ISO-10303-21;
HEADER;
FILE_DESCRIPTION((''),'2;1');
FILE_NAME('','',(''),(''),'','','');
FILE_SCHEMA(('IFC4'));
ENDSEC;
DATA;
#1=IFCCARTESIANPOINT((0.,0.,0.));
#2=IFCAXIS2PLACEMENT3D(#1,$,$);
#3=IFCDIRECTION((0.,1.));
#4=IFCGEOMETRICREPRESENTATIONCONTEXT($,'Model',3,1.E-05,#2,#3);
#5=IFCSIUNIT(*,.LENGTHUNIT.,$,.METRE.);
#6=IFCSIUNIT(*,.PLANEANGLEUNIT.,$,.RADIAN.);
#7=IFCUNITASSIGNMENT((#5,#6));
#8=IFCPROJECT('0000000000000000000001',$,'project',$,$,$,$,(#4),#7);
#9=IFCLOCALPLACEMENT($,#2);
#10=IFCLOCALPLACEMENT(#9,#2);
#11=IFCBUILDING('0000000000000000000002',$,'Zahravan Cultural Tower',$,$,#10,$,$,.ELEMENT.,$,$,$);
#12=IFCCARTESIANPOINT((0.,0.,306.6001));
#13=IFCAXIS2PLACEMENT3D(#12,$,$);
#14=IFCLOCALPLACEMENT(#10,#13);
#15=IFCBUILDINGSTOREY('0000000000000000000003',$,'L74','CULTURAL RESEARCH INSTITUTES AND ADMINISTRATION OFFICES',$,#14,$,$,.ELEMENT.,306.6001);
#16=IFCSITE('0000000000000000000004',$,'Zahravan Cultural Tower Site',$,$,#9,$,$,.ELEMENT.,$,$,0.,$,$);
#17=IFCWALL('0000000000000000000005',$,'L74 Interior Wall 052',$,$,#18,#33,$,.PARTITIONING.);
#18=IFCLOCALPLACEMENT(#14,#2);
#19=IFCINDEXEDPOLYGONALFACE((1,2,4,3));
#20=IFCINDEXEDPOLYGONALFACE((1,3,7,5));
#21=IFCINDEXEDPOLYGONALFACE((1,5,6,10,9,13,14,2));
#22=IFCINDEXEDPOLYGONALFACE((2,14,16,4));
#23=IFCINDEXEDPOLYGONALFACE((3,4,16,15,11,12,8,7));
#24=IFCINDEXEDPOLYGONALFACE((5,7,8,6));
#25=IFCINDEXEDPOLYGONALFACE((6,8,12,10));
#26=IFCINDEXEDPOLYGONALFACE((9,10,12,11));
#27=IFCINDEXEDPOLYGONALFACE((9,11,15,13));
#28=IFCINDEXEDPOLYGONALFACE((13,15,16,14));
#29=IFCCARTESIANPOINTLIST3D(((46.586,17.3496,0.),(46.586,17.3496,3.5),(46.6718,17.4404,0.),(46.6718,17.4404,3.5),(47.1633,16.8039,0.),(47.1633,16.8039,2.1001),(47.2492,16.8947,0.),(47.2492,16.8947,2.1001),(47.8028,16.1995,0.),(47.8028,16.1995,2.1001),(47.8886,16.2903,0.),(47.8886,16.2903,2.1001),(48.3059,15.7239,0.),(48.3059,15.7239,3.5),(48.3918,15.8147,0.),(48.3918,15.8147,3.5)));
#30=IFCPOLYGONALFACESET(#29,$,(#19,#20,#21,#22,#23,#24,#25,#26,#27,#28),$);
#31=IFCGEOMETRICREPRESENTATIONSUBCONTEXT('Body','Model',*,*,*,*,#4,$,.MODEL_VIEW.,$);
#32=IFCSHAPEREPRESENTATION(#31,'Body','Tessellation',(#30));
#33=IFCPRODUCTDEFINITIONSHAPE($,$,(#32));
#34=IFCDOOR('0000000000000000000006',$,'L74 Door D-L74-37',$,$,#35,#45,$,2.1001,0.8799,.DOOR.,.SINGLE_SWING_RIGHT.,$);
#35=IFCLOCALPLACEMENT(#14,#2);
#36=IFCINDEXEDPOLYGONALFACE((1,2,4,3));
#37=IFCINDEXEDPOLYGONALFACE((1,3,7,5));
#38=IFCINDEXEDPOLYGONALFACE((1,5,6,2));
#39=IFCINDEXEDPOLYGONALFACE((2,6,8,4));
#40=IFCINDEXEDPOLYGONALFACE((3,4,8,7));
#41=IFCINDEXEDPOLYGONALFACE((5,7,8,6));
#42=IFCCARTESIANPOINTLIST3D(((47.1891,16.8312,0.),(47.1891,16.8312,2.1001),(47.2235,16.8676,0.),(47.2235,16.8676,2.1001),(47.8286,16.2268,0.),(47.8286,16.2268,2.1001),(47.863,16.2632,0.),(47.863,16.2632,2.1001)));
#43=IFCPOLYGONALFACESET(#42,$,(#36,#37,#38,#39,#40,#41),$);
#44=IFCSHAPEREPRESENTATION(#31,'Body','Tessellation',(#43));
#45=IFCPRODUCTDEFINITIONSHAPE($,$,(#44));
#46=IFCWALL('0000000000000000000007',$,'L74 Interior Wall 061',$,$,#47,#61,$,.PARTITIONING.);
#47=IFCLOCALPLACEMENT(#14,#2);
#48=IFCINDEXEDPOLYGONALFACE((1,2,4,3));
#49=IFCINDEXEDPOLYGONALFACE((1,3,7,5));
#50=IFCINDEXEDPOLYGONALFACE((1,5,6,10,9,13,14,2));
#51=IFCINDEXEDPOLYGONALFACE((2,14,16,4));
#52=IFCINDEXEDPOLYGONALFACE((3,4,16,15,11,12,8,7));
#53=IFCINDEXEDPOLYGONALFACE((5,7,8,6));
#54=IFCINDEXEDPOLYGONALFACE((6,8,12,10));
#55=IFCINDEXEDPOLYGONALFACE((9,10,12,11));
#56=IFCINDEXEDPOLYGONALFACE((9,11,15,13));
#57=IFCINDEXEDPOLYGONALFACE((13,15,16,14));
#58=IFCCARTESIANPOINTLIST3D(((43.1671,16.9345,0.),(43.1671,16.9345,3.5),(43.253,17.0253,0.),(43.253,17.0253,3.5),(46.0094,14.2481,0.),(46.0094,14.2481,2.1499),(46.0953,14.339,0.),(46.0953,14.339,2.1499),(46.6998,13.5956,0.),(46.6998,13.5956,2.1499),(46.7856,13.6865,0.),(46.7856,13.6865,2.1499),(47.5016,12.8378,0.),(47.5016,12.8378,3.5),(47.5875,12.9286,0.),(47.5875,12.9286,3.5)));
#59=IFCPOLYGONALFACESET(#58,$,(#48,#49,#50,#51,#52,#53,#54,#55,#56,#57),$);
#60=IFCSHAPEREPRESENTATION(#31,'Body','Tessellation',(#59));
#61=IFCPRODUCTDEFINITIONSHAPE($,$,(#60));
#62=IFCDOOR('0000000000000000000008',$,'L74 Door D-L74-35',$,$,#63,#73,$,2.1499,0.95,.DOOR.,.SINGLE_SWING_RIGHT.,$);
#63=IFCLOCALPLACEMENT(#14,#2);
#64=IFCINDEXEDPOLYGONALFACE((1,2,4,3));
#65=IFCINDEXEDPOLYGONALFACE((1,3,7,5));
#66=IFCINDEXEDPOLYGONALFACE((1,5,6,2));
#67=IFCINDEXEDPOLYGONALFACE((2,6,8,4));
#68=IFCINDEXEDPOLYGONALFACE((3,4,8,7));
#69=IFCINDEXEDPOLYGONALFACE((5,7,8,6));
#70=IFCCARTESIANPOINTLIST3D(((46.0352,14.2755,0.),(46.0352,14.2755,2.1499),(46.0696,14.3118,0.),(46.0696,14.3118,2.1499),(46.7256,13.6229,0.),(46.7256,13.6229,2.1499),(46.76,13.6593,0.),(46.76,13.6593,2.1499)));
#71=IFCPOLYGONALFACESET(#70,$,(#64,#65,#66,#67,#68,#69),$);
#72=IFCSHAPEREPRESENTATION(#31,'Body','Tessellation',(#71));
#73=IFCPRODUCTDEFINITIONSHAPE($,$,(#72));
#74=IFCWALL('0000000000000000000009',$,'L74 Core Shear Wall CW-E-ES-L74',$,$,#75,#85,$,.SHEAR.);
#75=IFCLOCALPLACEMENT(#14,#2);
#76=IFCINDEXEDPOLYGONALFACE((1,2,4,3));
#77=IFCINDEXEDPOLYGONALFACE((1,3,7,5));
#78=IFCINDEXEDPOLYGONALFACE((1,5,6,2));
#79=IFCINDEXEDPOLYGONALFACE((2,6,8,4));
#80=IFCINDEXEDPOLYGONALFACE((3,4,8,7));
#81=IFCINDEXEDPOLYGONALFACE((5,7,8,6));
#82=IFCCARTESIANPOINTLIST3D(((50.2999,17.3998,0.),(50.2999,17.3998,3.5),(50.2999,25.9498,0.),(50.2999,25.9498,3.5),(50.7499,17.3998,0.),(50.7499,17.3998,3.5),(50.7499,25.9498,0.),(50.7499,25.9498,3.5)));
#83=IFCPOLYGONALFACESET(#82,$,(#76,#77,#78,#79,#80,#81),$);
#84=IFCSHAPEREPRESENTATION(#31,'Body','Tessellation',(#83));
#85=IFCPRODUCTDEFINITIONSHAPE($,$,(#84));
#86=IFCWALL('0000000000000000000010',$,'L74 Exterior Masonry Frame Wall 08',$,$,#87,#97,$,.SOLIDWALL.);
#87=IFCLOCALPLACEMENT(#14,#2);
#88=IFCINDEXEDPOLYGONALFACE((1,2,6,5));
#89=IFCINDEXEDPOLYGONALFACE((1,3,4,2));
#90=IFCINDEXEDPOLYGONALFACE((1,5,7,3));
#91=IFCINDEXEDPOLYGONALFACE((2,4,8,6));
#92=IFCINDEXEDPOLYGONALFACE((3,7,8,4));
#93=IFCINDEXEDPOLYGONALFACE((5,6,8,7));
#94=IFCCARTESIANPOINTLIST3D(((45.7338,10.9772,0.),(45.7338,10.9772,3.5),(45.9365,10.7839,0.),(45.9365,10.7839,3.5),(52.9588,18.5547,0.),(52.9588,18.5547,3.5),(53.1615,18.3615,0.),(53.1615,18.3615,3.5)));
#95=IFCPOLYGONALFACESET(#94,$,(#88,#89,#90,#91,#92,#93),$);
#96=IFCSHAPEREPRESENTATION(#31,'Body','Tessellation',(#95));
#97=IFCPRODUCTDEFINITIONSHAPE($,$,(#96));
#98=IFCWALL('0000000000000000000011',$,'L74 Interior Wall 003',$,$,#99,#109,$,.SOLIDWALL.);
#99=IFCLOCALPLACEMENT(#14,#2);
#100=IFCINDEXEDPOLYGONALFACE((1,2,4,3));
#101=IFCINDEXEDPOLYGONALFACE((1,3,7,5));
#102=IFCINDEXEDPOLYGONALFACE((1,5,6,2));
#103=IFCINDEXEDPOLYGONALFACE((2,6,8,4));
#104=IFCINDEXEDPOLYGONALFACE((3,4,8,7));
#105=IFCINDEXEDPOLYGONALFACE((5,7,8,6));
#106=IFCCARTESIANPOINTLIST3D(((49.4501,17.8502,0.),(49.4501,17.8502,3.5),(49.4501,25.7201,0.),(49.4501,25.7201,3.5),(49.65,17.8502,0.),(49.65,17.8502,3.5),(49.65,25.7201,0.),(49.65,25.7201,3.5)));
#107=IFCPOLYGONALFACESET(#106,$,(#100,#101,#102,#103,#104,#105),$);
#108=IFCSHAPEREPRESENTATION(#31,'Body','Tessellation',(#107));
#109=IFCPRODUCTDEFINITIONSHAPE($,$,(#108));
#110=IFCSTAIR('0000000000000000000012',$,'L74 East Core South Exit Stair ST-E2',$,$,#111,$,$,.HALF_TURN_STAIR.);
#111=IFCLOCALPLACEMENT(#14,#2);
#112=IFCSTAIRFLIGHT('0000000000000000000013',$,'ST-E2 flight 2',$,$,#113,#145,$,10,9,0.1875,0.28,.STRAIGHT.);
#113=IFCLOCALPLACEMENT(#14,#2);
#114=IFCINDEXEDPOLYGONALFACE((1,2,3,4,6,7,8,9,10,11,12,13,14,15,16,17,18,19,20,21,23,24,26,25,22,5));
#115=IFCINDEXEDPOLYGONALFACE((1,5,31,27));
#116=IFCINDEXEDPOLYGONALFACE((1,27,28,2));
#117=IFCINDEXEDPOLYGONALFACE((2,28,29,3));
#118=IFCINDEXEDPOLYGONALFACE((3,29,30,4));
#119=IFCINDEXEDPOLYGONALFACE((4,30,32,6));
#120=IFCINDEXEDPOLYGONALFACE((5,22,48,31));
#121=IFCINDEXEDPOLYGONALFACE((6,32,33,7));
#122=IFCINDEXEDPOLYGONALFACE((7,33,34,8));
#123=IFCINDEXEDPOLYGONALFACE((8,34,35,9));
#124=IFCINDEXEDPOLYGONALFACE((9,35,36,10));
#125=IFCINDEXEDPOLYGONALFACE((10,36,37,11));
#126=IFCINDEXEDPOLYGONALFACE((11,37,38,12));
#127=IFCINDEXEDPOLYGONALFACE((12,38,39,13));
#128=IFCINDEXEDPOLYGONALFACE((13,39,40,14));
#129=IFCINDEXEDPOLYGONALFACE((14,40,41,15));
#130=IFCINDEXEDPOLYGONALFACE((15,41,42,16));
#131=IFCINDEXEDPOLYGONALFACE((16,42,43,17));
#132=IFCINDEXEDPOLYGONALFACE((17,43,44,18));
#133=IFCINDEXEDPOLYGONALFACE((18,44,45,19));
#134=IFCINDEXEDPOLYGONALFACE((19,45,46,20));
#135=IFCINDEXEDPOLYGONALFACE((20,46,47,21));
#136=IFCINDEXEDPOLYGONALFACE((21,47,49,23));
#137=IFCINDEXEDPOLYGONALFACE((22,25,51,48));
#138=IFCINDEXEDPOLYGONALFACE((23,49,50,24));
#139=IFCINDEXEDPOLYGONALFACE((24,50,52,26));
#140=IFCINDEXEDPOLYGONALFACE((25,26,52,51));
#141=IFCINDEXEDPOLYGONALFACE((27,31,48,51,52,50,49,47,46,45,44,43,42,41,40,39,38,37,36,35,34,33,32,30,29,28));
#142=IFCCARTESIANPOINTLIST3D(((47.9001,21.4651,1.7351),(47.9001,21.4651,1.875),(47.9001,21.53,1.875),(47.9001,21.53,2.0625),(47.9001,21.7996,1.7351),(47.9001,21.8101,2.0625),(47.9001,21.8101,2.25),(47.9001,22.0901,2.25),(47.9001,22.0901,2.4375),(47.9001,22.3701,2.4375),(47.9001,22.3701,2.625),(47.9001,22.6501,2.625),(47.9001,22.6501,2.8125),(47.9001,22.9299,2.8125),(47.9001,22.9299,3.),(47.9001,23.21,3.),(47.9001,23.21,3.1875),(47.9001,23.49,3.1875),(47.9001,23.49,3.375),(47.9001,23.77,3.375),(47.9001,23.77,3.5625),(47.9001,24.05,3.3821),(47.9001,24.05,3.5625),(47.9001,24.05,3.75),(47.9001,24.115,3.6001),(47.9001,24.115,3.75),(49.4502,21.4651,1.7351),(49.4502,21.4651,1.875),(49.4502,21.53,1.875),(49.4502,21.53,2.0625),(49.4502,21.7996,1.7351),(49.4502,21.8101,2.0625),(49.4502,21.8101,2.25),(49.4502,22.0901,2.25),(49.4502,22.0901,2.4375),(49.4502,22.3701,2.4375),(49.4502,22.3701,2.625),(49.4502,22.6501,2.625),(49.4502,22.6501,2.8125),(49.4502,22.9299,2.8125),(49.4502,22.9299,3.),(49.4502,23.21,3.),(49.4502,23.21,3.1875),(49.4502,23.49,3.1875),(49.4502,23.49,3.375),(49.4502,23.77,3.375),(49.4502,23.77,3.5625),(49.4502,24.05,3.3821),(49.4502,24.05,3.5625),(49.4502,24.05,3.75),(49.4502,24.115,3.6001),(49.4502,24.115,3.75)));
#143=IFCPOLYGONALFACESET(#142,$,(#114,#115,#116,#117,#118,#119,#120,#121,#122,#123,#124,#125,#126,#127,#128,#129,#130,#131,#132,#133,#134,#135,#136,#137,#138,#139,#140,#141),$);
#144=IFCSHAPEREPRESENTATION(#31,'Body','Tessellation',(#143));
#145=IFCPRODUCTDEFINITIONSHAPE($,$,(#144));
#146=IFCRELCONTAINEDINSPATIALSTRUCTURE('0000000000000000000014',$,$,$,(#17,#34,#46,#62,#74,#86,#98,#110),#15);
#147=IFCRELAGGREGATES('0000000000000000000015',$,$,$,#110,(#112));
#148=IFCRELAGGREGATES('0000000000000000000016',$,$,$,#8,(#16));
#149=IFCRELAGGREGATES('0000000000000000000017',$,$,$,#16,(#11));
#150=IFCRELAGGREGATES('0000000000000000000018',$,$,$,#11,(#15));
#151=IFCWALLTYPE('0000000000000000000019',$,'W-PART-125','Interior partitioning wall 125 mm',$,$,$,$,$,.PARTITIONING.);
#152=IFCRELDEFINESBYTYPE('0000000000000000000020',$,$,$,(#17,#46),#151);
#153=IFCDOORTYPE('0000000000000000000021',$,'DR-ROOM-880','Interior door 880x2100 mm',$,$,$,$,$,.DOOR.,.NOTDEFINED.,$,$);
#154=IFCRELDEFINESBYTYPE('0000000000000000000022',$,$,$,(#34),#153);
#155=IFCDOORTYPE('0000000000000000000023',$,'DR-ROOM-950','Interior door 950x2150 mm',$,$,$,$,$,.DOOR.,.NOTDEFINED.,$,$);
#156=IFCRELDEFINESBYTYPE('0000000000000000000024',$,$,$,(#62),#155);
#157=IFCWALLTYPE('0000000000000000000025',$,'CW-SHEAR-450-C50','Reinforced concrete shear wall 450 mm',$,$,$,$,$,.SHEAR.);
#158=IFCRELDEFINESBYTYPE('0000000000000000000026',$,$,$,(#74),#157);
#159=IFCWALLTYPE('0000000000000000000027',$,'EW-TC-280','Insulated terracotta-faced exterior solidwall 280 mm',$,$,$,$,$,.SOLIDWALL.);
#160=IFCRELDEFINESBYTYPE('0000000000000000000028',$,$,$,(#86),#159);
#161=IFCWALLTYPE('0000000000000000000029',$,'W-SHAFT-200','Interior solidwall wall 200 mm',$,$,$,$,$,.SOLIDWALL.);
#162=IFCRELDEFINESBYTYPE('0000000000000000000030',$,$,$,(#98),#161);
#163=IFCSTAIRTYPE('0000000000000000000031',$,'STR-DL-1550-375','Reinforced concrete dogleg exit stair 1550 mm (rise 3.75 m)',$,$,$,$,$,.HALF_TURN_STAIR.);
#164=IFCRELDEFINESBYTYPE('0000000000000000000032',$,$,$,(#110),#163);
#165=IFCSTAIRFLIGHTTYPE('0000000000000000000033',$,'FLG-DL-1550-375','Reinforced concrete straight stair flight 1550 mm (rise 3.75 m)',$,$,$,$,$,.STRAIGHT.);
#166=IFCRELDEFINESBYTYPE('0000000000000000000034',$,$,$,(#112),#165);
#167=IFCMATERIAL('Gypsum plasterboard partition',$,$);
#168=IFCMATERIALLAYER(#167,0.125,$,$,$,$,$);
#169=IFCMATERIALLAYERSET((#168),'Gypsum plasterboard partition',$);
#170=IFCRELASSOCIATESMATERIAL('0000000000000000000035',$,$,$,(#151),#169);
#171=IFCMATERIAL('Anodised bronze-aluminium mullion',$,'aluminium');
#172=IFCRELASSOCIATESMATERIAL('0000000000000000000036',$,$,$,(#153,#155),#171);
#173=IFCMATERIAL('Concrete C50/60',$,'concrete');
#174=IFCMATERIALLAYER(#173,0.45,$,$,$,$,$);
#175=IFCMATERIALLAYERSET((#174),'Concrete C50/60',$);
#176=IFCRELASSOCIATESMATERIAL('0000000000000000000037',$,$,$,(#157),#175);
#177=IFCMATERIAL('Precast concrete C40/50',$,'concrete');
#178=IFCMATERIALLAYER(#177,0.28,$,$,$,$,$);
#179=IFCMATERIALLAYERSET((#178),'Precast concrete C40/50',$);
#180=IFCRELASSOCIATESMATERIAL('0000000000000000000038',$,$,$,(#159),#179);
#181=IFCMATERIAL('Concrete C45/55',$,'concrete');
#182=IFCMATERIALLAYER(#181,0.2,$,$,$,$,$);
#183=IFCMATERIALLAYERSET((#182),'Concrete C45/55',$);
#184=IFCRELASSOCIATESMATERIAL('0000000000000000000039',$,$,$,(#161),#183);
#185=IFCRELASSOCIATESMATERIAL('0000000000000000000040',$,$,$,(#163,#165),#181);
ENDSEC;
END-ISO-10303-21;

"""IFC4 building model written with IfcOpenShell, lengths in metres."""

from ifc_helpers import new_model, si_unit, direction, frame, frame_2d, origin, place, context, subcontext, project, spatial, polyline, rectangle, outline, extrude, source, transform, mapped, material, layer, layer_set, type_object, element, fill, aggregate, save


model = new_model("IFC4")

# Units and contexts
model_context = context("Model", 3, precision=1e-05, world=origin(), true_north=direction((0.0, 1.0)))
body_context = subcontext(model_context, "Body", "Model", "MODEL_VIEW")
ifc_project = project(units=[si_unit("LENGTHUNIT", "METRE"), si_unit("PLANEANGLEUNIT", "RADIAN")], contexts=[model_context])

# Site, building, storey
site_placement = place(None, origin())
site = spatial("IfcSite", under=ifc_project, at=site_placement, Name="Zahravan Cultural Tower Site", CompositionType="ELEMENT", RefElevation=0.0)
building_placement = place(site_placement, origin())
building = spatial("IfcBuilding", under=site, at=building_placement, Name="Zahravan Cultural Tower", CompositionType="ELEMENT")
storey_placement = place(building_placement, frame((0.0, 0.0, 306.6001)))
storey = spatial("IfcBuildingStorey", under=building, at=storey_placement, Name="L74", Description="CULTURAL RESEARCH INSTITUTES AND ADMINISTRATION OFFICES", CompositionType="ELEMENT", Elevation=306.6001)

# Shared definitions
ifc_material_1 = material(Name="Concrete C50/60", Category="concrete")

# Shared definitions
ifc_material_2 = material(Name="Anodised bronze-aluminium mullion", Category="aluminium")

# Walls, openings, doors
ifc_material_3 = material(Name="Gypsum plasterboard partition")
ifc_layer_1 = layer(ifc_material_3, 0.125)
ifc_layer_set_1 = layer_set([ifc_layer_1], Name="Gypsum plasterboard partition")
wall_type_1 = type_object("IfcWallType", Name="W-PART-125", Description="Interior partitioning wall 125 mm", PredefinedType="PARTITIONING", material=ifc_layer_set_1)
wall_1_placement = place(storey_placement, frame((48.3489, 15.7693, 0.0), z_axis=(0.0, 0.0, 1.0), x_axis=(-0.726736, 0.686917, 0.0)))
wall_1 = element("IfcWall", 1, at=wall_1_placement, inside=storey, type_object=wall_type_1, Name="L74 Interior Wall 052", PredefinedType="PARTITIONING", context=body_context, shape_type="SweptSolid", body=[
    extrude(rectangle(XDim=2.3667, YDim=0.125, at=frame_2d((1.1833, 0.0))), origin(), (0.0, 0.0, 1.0), 3.5),
])
opening_1_placement = place(wall_1_placement, frame((0.6924, 0.0, 0.0)))
opening_1 = element("IfcOpeningElement", 2, at=opening_1_placement, cuts=wall_1, PredefinedType="OPENING", context=body_context, shape_type="SweptSolid", body=[
    extrude(rectangle(XDim=0.8799, YDim=2.1001, at=frame_2d((0.4399, 1.05))), frame((0.0, 0.0725, 0.0), z_axis=(0.0, -1.0, 0.0), x_axis=(1.0, 0.0, 0.0)), (0.0, 0.0, 1.0), 0.145),
])
door_type_1 = type_object("IfcDoorType", Name="DR-ROOM-880", Description="Interior door 880x2100 mm", OperationType="NOTDEFINED", PredefinedType="DOOR", material=ifc_material_2)
shared_shape_1 = source(origin(), body_context, "Body", "SweptSolid", [
    extrude(rectangle(XDim=0.8799, YDim=2.1001, at=frame_2d((0.4399, 1.05))), frame((0.0, 0.0249, 0.0), z_axis=(0.0, -1.0, 0.0), x_axis=(1.0, 0.0, 0.0)), (0.0, 0.0, 1.0), 0.05),
])
door_1_placement = place(opening_1_placement, origin())
door_1 = element("IfcDoor", 3, at=door_1_placement, inside=storey, type_object=door_type_1, Name="L74 Door D-L74-37", OperationType="SINGLE_SWING_RIGHT", OverallHeight=2.1001, OverallWidth=0.8799, PredefinedType="DOOR", context=body_context, shape_type="MappedRepresentation", body=[
    mapped(shared_shape_1, transform((0.0, 0.0, 0.0), x_axis=(1.0, 0.0, 0.0), y_axis=(0.0, 1.0, 0.0), z_axis=(0.0, 0.0, 1.0), scale=1.0)),
])
fill(opening_1, door_1)
wall_2_placement = place(storey_placement, frame((47.5444, 12.8833, 0.0), z_axis=(0.0, 0.0, 1.0), x_axis=(-0.726761, 0.68689, 0.0)))
wall_2 = element("IfcWall", 4, at=wall_2_placement, inside=storey, type_object=wall_type_1, Name="L74 Interior Wall 061", PredefinedType="PARTITIONING", context=body_context, shape_type="SweptSolid", body=[
    extrude(rectangle(XDim=5.9641, YDim=0.125, at=frame_2d((2.9819, 0.0))), origin(), (0.0, 0.0, 1.0), 3.5),
])
opening_2_placement = place(wall_2_placement, frame((1.103, 0.0, 0.0)))
opening_2 = element("IfcOpeningElement", 5, at=opening_2_placement, cuts=wall_2, PredefinedType="OPENING", context=body_context, shape_type="SweptSolid", body=[
    extrude(rectangle(XDim=0.95, YDim=2.1499, at=frame_2d((0.4751, 1.075))), frame((0.0, 0.0725, 0.0), z_axis=(0.0, -1.0, 0.0), x_axis=(1.0, 0.0, 0.0)), (0.0, 0.0, 1.0), 0.145),
])
door_type_2 = type_object("IfcDoorType", Name="DR-ROOM-950", Description="Interior door 950x2150 mm", OperationType="NOTDEFINED", PredefinedType="DOOR", material=ifc_material_2)
shared_shape_2 = source(origin(), body_context, "Body", "SweptSolid", [
    extrude(rectangle(XDim=0.95, YDim=2.1499, at=frame_2d((0.4751, 1.075))), frame((0.0, 0.0249, 0.0), z_axis=(0.0, -1.0, 0.0), x_axis=(1.0, 0.0, 0.0)), (0.0, 0.0, 1.0), 0.05),
])
door_2_placement = place(opening_2_placement, origin())
door_2 = element("IfcDoor", 6, at=door_2_placement, inside=storey, type_object=door_type_2, Name="L74 Door D-L74-35", OperationType="SINGLE_SWING_RIGHT", OverallHeight=2.1499, OverallWidth=0.95, PredefinedType="DOOR", context=body_context, shape_type="MappedRepresentation", body=[
    mapped(shared_shape_2, transform((0.0, 0.0, 0.0), x_axis=(1.0, 0.0, 0.0), y_axis=(0.0, 1.0, 0.0), z_axis=(0.0, 0.0, 1.0), scale=1.0)),
])
fill(opening_2, door_2)

# Walls
ifc_layer_2 = layer(ifc_material_1, 0.45)
ifc_layer_set_2 = layer_set([ifc_layer_2], Name="Concrete C50/60")
wall_type_2 = type_object("IfcWallType", Name="CW-SHEAR-450-C50", Description="Reinforced concrete shear wall 450 mm", PredefinedType="SHEAR", material=ifc_layer_set_2)
shared_shape_3 = source(origin(), body_context, "Body", "SweptSolid", [
    extrude(rectangle(XDim=8.55, YDim=0.45, at=frame_2d((4.2749, 0.0))), origin(), (0.0, 0.0, 1.0), 3.5),
])
wall_3_placement = place(storey_placement, frame((50.5249, 17.3999, 0.0), z_axis=(0.0, 0.0, 1.0), x_axis=(0.0, 1.0, 0.0)))
element("IfcWall", 7, at=wall_3_placement, inside=storey, type_object=wall_type_2, Name="L74 Core Shear Wall CW-E-ES-L74", PredefinedType="SHEAR", context=body_context, shape_type="MappedRepresentation", body=[
    mapped(shared_shape_3, transform((0.0, 0.0, 0.0), x_axis=(1.0, 0.0, 0.0), y_axis=(0.0, 1.0, 0.0), z_axis=(0.0, 0.0, 1.0), scale=1.0)),
])
ifc_material_4 = material(Name="Precast concrete C40/50", Category="concrete")
ifc_layer_3 = layer(ifc_material_4, 0.28)
ifc_layer_set_3 = layer_set([ifc_layer_3], Name="Precast concrete C40/50")
wall_type_3 = type_object("IfcWallType", Name="EW-TC-280", Description="Insulated terracotta-faced exterior solidwall 280 mm", PredefinedType="SOLIDWALL", material=ifc_layer_set_3)
shared_shape_4 = source(origin(), body_context, "Body", "SweptSolid", [
    extrude(rectangle(XDim=10.47, YDim=0.28, at=frame_2d((5.2349, 0.0))), origin(), (0.0, 0.0, 1.0), 3.5),
])
wall_4_placement = place(storey_placement, frame((53.0601, 18.458, 0.0), z_axis=(0.0, 0.0, 1.0), x_axis=(-0.690071, -0.723742, 0.0)))
element("IfcWall", 8, at=wall_4_placement, inside=storey, type_object=wall_type_3, Name="L74 Exterior Masonry Frame Wall 08", PredefinedType="SOLIDWALL", context=body_context, shape_type="MappedRepresentation", body=[
    mapped(shared_shape_4, transform((0.0, 0.0, 0.0), x_axis=(1.0, 0.0, 0.0), y_axis=(0.0, 1.0, 0.0), z_axis=(0.0, 0.0, 1.0), scale=1.0)),
])
ifc_material_5 = material(Name="Concrete C45/55", Category="concrete")
ifc_layer_4 = layer(ifc_material_5, 0.2)
ifc_layer_set_4 = layer_set([ifc_layer_4], Name="Concrete C45/55")
wall_type_4 = type_object("IfcWallType", Name="W-SHAFT-200", Description="Interior solidwall wall 200 mm", PredefinedType="SOLIDWALL", material=ifc_layer_set_4)
shared_shape_5 = source(origin(), body_context, "Body", "SweptSolid", [
    extrude(rectangle(XDim=7.8699, YDim=0.2, at=frame_2d((3.9351, 0.0))), origin(), (0.0, 0.0, 1.0), 3.5),
])
wall_5_placement = place(storey_placement, frame((49.55, 17.8501, 0.0), z_axis=(0.0, 0.0, 1.0), x_axis=(0.0, 1.0, 0.0)))
element("IfcWall", 9, at=wall_5_placement, inside=storey, type_object=wall_type_4, Name="L74 Interior Wall 003", PredefinedType="SOLIDWALL", context=body_context, shape_type="MappedRepresentation", body=[
    mapped(shared_shape_5, transform((0.0, 0.0, 0.0), x_axis=(1.0, 0.0, 0.0), y_axis=(0.0, 1.0, 0.0), z_axis=(0.0, 0.0, 1.0), scale=1.0)),
])

# Stair, stair flight
stair_type = type_object("IfcStairType", Name="STR-DL-1550-375", Description="Reinforced concrete dogleg exit stair 1550 mm (rise 3.75 m)", PredefinedType="HALF_TURN_STAIR", material=ifc_material_5)
stair_placement = place(storey_placement, origin())
stair = element("IfcStair", 10, at=stair_placement, inside=storey, type_object=stair_type, Name="L74 East Core South Exit Stair ST-E2", PredefinedType="HALF_TURN_STAIR")
stair_flight_type = type_object("IfcStairFlightType", Name="FLG-DL-1550-375", Description="Reinforced concrete straight stair flight 1550 mm (rise 3.75 m)", PredefinedType="STRAIGHT", material=ifc_material_5)
stair_flight_placement = place(storey_placement, frame((48.675, 21.53, 1.875), z_axis=(0.0, 0.0, 1.0), x_axis=(0.0, 1.0, 0.0)))
stair_flight = element("IfcStairFlight", 11, at=stair_flight_placement, type_object=stair_flight_type, Name="ST-E2 flight 2", NumberOfRisers=10, NumberOfTreads=9, PredefinedType="STRAIGHT", RiserHeight=0.1875, TreadLength=0.28, context=body_context, shape_type="SweptSolid", body=[
    extrude(outline(polyline([(-0.0649, -0.1399), (-0.0649, 0.0), (0.0, 0.0), (0.0, 0.1875), (0.28, 0.1875), (0.28, 0.375), (0.5601, 0.375), (0.5601, 0.5625), (0.8401, 0.5625), (0.8401, 0.75), (1.1201, 0.75), (1.1201, 0.9375), (1.3999, 0.9375), (1.3999, 1.125), (1.6799, 1.125), (1.6799, 1.3125), (1.96, 1.3125), (1.96, 1.5), (2.24, 1.5), (2.24, 1.6875), (2.52, 1.6875), (2.52, 1.875), (2.585, 1.875), (2.585, 1.7251), (2.52, 1.5071), (0.2695, -0.1399), (-0.0649, -0.1399)])), frame((0.0, 0.7749, 0.0), z_axis=(0.0, -1.0, 0.0), x_axis=(1.0, 0.0, 0.0)), (0.0, 0.0, 1.0), 1.55),
])
aggregate(stair, [stair_flight])

save(model, "model.ifc")
